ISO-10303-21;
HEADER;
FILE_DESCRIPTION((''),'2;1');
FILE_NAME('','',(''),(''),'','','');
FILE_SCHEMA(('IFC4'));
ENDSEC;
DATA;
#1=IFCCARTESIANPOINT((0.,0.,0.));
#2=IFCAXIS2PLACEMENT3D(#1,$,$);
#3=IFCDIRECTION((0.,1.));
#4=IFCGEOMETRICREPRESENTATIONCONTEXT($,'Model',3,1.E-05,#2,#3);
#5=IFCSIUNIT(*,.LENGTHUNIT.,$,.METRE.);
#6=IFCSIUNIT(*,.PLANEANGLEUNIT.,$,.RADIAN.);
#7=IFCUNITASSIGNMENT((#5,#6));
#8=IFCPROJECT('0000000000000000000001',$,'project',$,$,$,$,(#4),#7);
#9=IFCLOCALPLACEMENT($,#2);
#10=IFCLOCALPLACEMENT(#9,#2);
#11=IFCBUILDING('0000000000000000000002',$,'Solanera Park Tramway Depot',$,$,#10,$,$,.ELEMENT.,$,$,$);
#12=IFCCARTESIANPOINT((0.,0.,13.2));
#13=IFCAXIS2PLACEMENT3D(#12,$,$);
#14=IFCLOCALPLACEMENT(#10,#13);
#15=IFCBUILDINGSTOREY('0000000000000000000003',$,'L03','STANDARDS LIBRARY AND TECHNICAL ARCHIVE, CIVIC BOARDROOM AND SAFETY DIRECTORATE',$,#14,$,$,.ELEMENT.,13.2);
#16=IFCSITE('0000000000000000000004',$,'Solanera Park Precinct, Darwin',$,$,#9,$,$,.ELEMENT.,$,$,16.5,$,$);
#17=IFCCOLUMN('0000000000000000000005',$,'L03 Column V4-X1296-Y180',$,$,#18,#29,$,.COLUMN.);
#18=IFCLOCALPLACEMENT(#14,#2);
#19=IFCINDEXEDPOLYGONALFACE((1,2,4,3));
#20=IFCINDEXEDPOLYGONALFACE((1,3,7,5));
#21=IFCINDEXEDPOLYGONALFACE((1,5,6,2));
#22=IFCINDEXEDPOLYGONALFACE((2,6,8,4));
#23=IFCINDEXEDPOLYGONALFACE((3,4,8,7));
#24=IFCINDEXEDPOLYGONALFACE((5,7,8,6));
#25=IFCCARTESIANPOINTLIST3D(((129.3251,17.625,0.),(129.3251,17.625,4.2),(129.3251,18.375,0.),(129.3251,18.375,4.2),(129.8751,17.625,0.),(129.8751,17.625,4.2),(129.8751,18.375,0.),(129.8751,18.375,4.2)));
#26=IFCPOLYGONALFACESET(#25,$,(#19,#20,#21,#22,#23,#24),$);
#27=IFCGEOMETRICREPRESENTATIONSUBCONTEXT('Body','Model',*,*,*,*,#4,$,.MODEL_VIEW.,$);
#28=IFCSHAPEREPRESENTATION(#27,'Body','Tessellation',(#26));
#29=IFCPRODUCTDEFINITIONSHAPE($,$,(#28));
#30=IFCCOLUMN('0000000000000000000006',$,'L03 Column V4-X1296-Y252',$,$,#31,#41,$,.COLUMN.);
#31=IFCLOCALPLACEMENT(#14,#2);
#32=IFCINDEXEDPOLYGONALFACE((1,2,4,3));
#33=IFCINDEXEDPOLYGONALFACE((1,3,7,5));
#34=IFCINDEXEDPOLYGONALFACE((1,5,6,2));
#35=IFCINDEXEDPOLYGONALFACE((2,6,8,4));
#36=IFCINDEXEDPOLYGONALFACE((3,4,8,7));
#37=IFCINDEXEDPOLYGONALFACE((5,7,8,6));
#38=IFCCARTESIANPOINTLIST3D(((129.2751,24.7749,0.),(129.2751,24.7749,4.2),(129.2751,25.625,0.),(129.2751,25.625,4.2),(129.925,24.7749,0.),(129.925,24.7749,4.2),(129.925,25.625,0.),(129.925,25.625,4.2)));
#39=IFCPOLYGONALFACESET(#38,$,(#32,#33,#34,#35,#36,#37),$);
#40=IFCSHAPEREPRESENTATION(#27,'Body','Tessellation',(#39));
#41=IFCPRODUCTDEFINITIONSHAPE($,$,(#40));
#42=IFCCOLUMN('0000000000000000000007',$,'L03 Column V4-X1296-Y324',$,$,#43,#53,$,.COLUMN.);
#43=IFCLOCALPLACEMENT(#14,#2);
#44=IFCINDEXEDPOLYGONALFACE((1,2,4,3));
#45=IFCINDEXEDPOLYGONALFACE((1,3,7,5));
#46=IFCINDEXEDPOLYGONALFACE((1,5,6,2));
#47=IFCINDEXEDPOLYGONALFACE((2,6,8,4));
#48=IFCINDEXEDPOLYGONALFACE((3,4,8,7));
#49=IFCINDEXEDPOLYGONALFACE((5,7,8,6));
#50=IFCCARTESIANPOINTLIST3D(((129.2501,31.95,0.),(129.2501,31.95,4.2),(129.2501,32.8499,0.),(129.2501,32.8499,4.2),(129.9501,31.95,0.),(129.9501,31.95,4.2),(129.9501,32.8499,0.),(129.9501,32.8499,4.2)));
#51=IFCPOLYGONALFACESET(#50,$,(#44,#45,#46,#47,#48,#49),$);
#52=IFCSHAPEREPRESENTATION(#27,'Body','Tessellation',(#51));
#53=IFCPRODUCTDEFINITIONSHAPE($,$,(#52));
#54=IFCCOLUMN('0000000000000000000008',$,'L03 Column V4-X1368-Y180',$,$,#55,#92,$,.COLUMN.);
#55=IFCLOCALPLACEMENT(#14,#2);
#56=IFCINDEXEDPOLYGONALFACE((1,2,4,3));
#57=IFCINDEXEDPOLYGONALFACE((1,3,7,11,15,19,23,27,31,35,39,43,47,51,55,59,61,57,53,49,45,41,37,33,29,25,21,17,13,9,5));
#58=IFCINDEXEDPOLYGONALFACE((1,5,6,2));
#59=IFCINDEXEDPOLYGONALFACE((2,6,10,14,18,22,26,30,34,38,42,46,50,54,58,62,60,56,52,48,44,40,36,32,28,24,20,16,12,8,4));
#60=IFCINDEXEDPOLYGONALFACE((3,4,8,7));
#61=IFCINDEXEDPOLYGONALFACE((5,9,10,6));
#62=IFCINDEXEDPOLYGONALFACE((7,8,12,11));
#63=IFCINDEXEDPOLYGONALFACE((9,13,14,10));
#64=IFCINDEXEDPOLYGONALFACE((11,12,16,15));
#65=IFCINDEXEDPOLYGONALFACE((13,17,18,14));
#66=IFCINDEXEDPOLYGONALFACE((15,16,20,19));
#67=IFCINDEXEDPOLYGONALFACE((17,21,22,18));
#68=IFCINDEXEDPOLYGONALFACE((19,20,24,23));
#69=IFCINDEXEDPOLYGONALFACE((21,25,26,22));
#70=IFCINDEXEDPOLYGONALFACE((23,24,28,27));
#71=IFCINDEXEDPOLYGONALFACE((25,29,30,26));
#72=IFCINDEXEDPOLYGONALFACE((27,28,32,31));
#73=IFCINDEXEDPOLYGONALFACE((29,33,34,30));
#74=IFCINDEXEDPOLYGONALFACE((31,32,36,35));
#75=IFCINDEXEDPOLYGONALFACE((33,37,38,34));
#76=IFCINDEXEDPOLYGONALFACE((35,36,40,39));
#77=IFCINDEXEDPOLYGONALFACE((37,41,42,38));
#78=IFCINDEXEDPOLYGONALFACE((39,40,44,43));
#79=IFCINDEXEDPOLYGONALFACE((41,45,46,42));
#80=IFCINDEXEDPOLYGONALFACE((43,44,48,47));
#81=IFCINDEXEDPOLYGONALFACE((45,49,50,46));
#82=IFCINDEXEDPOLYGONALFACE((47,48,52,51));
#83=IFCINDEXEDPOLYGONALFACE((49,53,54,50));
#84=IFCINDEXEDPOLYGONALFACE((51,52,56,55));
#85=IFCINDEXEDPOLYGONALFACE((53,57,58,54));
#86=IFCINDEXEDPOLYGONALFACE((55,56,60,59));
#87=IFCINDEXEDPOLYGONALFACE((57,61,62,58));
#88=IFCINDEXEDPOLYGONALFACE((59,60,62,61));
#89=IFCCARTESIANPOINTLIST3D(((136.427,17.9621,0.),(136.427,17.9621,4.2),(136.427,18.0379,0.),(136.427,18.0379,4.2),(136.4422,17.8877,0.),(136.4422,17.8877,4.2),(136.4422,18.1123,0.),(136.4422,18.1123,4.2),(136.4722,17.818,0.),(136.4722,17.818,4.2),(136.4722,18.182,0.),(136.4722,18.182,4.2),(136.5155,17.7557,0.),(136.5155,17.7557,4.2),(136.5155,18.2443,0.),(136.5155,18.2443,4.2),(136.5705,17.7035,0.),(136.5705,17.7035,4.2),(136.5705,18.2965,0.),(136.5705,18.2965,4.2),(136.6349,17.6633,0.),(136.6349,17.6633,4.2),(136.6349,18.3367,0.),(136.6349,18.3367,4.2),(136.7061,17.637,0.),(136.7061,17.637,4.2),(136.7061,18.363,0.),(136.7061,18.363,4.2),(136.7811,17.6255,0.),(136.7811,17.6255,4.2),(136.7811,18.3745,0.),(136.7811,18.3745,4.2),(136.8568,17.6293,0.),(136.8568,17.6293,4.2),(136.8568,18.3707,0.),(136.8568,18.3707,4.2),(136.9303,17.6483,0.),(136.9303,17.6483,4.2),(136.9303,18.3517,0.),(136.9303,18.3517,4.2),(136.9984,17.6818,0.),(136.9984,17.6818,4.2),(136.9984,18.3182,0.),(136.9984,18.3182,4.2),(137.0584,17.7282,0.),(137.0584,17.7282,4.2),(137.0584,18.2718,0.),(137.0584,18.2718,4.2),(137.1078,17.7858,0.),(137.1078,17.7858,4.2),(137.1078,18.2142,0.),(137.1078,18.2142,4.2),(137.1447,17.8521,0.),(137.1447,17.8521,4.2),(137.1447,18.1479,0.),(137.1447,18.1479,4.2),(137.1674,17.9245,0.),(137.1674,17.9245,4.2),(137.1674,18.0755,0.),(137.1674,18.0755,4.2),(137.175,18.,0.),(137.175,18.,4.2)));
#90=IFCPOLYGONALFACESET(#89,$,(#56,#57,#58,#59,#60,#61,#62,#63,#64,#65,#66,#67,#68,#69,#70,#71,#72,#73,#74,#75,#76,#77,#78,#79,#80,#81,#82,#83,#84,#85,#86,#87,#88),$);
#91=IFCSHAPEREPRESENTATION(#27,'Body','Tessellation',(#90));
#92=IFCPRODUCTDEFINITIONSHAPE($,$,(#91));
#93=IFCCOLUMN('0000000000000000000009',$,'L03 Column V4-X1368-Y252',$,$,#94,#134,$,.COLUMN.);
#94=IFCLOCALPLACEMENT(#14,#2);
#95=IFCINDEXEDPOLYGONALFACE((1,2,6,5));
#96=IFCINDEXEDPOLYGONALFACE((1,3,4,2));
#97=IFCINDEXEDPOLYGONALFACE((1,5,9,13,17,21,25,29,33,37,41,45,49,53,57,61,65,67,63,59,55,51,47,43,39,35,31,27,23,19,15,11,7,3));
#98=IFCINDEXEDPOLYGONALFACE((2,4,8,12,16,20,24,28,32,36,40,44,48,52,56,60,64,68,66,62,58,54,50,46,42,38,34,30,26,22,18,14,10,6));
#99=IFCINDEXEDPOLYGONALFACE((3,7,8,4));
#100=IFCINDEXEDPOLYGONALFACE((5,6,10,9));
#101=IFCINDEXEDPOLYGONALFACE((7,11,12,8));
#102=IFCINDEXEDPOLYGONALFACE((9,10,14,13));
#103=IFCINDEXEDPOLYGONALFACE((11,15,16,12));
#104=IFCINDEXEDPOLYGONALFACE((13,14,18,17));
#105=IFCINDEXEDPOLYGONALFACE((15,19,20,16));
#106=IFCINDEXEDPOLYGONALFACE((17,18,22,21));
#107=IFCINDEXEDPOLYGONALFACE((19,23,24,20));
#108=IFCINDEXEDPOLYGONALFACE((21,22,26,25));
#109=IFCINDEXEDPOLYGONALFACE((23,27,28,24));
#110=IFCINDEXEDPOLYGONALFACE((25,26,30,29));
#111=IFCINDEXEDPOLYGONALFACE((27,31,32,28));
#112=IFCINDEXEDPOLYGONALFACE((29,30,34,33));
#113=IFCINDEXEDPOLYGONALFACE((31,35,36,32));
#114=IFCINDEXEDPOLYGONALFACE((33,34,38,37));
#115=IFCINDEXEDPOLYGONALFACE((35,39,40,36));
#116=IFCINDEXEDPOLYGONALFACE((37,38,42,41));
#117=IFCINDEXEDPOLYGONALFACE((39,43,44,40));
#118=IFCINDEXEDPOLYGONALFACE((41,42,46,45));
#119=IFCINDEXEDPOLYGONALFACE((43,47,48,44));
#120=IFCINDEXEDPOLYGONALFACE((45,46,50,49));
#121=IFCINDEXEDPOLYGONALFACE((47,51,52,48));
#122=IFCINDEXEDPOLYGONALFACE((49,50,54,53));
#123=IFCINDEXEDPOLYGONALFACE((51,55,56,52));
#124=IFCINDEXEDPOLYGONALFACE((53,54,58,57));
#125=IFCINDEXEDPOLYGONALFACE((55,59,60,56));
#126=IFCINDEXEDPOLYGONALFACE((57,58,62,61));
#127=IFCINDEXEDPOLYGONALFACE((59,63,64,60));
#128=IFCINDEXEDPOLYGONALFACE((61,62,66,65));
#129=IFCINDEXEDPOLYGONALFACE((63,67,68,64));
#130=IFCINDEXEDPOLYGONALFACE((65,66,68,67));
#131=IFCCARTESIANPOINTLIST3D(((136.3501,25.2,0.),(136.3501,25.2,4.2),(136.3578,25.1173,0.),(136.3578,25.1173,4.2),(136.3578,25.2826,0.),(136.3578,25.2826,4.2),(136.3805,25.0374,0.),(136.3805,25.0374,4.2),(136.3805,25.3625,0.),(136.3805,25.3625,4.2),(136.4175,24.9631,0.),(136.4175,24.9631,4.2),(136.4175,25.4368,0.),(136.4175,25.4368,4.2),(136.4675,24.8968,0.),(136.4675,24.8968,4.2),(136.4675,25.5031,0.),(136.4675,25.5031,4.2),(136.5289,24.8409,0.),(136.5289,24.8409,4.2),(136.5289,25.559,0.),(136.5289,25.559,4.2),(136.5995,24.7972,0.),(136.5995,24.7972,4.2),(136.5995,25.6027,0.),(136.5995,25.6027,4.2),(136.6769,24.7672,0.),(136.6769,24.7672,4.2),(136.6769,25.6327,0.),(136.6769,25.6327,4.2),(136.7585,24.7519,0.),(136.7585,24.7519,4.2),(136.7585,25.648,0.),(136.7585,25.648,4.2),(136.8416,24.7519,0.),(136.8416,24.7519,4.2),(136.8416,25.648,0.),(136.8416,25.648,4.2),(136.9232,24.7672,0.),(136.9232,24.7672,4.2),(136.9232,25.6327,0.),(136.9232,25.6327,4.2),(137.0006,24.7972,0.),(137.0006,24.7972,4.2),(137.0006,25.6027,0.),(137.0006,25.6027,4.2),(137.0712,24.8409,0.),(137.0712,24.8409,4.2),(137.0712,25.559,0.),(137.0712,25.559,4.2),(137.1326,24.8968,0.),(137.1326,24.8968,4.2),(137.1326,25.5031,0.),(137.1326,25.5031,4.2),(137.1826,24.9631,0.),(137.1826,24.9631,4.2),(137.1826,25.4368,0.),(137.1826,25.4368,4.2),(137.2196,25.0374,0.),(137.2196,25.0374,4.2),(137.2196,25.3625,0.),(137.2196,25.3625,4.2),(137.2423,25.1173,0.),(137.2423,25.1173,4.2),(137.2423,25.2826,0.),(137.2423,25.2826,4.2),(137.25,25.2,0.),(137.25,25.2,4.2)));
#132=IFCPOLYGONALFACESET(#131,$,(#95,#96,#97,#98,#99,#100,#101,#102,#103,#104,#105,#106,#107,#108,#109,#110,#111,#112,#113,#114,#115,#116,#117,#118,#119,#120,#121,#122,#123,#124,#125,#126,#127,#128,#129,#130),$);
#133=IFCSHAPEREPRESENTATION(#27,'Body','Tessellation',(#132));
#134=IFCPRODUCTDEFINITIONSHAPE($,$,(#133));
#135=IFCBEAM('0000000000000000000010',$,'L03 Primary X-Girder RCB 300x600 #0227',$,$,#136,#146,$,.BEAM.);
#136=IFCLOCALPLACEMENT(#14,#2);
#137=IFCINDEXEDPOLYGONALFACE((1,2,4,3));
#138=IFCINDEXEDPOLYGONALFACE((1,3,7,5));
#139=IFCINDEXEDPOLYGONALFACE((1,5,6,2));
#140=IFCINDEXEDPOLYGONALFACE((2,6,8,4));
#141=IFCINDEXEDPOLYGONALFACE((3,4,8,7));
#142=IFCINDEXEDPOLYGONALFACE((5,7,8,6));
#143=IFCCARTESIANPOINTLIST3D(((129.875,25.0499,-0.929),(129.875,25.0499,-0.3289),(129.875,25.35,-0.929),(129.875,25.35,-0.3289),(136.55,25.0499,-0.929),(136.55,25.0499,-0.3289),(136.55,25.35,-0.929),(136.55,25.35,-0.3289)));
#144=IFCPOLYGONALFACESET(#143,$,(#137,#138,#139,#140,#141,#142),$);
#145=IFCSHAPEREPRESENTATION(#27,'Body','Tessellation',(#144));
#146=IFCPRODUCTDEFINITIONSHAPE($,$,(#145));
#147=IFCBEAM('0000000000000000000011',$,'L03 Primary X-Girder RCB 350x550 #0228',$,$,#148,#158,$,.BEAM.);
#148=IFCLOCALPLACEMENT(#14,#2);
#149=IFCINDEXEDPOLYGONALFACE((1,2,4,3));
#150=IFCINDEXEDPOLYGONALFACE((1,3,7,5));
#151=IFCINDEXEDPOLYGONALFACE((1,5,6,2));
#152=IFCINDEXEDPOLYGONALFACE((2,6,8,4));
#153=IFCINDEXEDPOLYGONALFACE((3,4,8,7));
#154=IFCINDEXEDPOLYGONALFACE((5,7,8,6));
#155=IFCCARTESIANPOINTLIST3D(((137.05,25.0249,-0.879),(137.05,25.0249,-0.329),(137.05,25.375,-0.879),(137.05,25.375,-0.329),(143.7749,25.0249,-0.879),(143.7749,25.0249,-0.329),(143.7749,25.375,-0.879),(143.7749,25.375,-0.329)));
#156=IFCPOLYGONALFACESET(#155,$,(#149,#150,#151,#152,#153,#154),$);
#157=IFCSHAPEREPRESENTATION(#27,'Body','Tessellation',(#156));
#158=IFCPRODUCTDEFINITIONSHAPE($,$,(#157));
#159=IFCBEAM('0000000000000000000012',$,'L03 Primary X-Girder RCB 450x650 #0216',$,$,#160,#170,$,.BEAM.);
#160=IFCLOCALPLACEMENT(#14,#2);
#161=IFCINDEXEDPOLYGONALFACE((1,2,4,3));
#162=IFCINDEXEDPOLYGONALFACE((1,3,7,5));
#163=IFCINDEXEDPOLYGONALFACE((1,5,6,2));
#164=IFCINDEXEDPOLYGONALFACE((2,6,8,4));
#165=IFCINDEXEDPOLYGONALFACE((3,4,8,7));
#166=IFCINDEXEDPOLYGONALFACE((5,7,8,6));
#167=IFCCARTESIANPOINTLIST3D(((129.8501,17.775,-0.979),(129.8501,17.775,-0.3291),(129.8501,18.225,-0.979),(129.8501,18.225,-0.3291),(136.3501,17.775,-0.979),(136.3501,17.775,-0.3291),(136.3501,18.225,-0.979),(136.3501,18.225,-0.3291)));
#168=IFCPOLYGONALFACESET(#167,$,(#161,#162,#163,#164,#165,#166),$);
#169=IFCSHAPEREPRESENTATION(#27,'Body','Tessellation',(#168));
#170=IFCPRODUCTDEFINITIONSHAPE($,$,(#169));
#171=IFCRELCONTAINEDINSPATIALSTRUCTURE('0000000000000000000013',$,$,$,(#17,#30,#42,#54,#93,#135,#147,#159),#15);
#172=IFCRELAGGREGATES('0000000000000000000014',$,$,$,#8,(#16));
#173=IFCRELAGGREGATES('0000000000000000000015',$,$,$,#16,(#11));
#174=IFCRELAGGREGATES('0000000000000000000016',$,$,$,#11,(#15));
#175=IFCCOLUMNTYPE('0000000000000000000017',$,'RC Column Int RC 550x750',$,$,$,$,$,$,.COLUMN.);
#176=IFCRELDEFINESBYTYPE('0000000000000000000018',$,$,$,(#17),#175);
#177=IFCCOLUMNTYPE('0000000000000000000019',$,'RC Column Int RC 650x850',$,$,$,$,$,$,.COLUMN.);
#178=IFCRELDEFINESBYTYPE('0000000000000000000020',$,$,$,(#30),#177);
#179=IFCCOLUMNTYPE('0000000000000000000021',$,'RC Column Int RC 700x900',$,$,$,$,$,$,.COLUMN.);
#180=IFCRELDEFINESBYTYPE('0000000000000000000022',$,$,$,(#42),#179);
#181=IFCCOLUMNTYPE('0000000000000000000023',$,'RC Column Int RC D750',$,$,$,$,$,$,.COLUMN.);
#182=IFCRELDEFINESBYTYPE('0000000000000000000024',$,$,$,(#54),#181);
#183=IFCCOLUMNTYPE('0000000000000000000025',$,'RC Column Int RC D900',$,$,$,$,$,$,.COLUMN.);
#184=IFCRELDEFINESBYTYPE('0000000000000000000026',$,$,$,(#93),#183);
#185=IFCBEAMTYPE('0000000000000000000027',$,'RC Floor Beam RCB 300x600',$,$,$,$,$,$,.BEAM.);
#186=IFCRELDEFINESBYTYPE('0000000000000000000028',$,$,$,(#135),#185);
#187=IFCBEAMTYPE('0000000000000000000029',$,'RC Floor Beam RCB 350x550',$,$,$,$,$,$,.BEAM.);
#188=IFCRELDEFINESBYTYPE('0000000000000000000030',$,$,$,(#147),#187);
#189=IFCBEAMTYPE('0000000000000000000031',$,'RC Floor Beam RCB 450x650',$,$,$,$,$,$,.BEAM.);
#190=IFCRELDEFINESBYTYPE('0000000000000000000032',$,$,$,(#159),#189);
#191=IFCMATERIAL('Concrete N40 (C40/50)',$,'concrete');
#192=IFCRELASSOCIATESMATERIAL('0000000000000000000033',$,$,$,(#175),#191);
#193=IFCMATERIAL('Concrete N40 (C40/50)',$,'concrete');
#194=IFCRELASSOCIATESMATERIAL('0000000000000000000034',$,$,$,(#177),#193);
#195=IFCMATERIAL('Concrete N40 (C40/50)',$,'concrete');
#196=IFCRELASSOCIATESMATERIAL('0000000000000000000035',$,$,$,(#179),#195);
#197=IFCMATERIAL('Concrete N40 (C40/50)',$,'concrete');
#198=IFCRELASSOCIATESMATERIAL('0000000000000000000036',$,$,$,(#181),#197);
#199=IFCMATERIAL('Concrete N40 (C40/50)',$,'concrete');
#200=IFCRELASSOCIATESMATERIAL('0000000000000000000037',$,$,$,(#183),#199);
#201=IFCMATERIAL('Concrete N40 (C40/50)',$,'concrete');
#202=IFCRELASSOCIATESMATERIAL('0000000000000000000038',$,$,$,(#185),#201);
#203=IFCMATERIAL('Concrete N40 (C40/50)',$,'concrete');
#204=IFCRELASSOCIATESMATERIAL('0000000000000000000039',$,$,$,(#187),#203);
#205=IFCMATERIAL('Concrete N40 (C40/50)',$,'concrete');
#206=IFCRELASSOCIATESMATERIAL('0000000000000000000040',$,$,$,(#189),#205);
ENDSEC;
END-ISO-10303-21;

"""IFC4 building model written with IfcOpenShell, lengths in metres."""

from ifc_helpers import new_model, si_unit, direction, frame, origin, origin_2d, place, context, subcontext, project, spatial, rectangle, circle, extrude, material, material_profile, profile_set, type_object, element, save


model = new_model("IFC4")

# Units and contexts
model_context = context("Model", 3, precision=1e-05, world=origin(), true_north=direction((0.0, 1.0)))
body_context = subcontext(model_context, "Body", "Model", "MODEL_VIEW")
ifc_project = project(units=[si_unit("LENGTHUNIT", "METRE"), si_unit("PLANEANGLEUNIT", "RADIAN")], contexts=[model_context])

# Site, building, storey
site_placement = place(None, origin())
site = spatial("IfcSite", under=ifc_project, at=site_placement, Name="Solanera Park Precinct, Darwin", CompositionType="ELEMENT", RefElevation=16.5)
building_placement = place(site_placement, origin())
building = spatial("IfcBuilding", under=site, at=building_placement, Name="Solanera Park Tramway Depot", CompositionType="ELEMENT")
storey_placement = place(building_placement, frame((0.0, 0.0, 13.2)))
storey = spatial("IfcBuildingStorey", under=building, at=storey_placement, Name="L03", Description="STANDARDS LIBRARY AND TECHNICAL ARCHIVE, CIVIC BOARDROOM AND SAFETY DIRECTORATE", CompositionType="ELEMENT", Elevation=13.2)

# Columns
ifc_material_1 = material(Name="Concrete N40 (C40/50)", Category="concrete")
ifc_material_profile_1 = material_profile(ifc_material_1, rectangle(XDim=0.55, YDim=0.75, at=origin_2d()), Name="RC 550x750")
ifc_profile_set_1 = profile_set([ifc_material_profile_1], Name="Concrete N40 (C40/50)")
column_type_1 = type_object("IfcColumnType", Name="RC Column Int RC 550x750", PredefinedType="COLUMN", material=ifc_profile_set_1)
column_1_placement = place(storey_placement, frame((129.6001, 18.0, 0.0), z_axis=(0.0, 0.0, 1.0), x_axis=(1.0, 0.0, 0.0)))
element("IfcColumn", 1, at=column_1_placement, inside=storey, type_object=column_type_1, Name="L03 Column V4-X1296-Y180", PredefinedType="COLUMN", context=body_context, shape_type="SweptSolid", body=[
    extrude(rectangle(XDim=0.55, YDim=0.75, at=origin_2d()), origin(), (0.0, 0.0, 1.0), 4.2),
])
ifc_material_2 = material(Name="Concrete N40 (C40/50)", Category="concrete")
ifc_material_profile_2 = material_profile(ifc_material_2, rectangle(XDim=0.6499, YDim=0.8501, at=origin_2d()), Name="RC 650x850")
ifc_profile_set_2 = profile_set([ifc_material_profile_2], Name="Concrete N40 (C40/50)")
column_type_2 = type_object("IfcColumnType", Name="RC Column Int RC 650x850", PredefinedType="COLUMN", material=ifc_profile_set_2)
column_2_placement = place(storey_placement, frame((129.6001, 25.2, 0.0), z_axis=(0.0, 0.0, 1.0), x_axis=(1.0, 0.0, 0.0)))
element("IfcColumn", 2, at=column_2_placement, inside=storey, type_object=column_type_2, Name="L03 Column V4-X1296-Y252", PredefinedType="COLUMN", context=body_context, shape_type="SweptSolid", body=[
    extrude(rectangle(XDim=0.6499, YDim=0.8501, at=origin_2d()), origin(), (0.0, 0.0, 1.0), 4.2),
])
ifc_material_3 = material(Name="Concrete N40 (C40/50)", Category="concrete")
ifc_material_profile_3 = material_profile(ifc_material_3, rectangle(XDim=0.7, YDim=0.8999, at=origin_2d()), Name="RC 700x900")
ifc_profile_set_3 = profile_set([ifc_material_profile_3], Name="Concrete N40 (C40/50)")
column_type_3 = type_object("IfcColumnType", Name="RC Column Int RC 700x900", PredefinedType="COLUMN", material=ifc_profile_set_3)
column_3_placement = place(storey_placement, frame((129.6001, 32.3999, 0.0), z_axis=(0.0, 0.0, 1.0), x_axis=(1.0, 0.0, 0.0)))
element("IfcColumn", 3, at=column_3_placement, inside=storey, type_object=column_type_3, Name="L03 Column V4-X1296-Y324", PredefinedType="COLUMN", context=body_context, shape_type="SweptSolid", body=[
    extrude(rectangle(XDim=0.7, YDim=0.8999, at=origin_2d()), origin(), (0.0, 0.0, 1.0), 4.2),
])
ifc_material_4 = material(Name="Concrete N40 (C40/50)", Category="concrete")
ifc_material_profile_4 = material_profile(ifc_material_4, circle(Radius=0.375, at=origin_2d()), Name="RC D750")
ifc_profile_set_4 = profile_set([ifc_material_profile_4], Name="Concrete N40 (C40/50)")
column_type_4 = type_object("IfcColumnType", Name="RC Column Int RC D750", PredefinedType="COLUMN", material=ifc_profile_set_4)
column_4_placement = place(storey_placement, frame((136.8, 18.0, 0.0), z_axis=(0.0, 0.0, 1.0), x_axis=(1.0, 0.0, 0.0)))
element("IfcColumn", 4, at=column_4_placement, inside=storey, type_object=column_type_4, Name="L03 Column V4-X1368-Y180", PredefinedType="COLUMN", context=body_context, shape_type="SweptSolid", body=[
    extrude(circle(Radius=0.375, at=origin_2d()), origin(), (0.0, 0.0, 1.0), 4.2),
])
ifc_material_5 = material(Name="Concrete N40 (C40/50)", Category="concrete")
ifc_material_profile_5 = material_profile(ifc_material_5, circle(Radius=0.45, at=origin_2d()), Name="RC D900")
ifc_profile_set_5 = profile_set([ifc_material_profile_5], Name="Concrete N40 (C40/50)")
column_type_5 = type_object("IfcColumnType", Name="RC Column Int RC D900", PredefinedType="COLUMN", material=ifc_profile_set_5)
column_5_placement = place(storey_placement, frame((136.8, 25.2, 0.0), z_axis=(0.0, 0.0, 1.0), x_axis=(1.0, 0.0, 0.0)))
element("IfcColumn", 5, at=column_5_placement, inside=storey, type_object=column_type_5, Name="L03 Column V4-X1368-Y252", PredefinedType="COLUMN", context=body_context, shape_type="SweptSolid", body=[
    extrude(circle(Radius=0.45, at=origin_2d()), origin(), (0.0, 0.0, 1.0), 4.2),
])

# Beams
ifc_material_6 = material(Name="Concrete N40 (C40/50)", Category="concrete")
ifc_material_profile_6 = material_profile(ifc_material_6, rectangle(XDim=0.3, YDim=0.6001, at=origin_2d()), Name="RCB 300x600")
ifc_profile_set_6 = profile_set([ifc_material_profile_6], Name="Concrete N40 (C40/50)")
beam_type_1 = type_object("IfcBeamType", Name="RC Floor Beam RCB 300x600", PredefinedType="BEAM", material=ifc_profile_set_6)
beam_1_placement = place(storey_placement, frame((129.875, 25.2, -0.6289), z_axis=(1.0, 0.0, 0.0), x_axis=(0.0, 1.0, 0.0)))
element("IfcBeam", 6, at=beam_1_placement, inside=storey, type_object=beam_type_1, Name="L03 Primary X-Girder RCB 300x600 #0227", PredefinedType="BEAM", context=body_context, shape_type="SweptSolid", body=[
    extrude(rectangle(XDim=0.3, YDim=0.6001, at=origin_2d()), origin(), (0.0, 0.0, 1.0), 6.675),
])
ifc_material_7 = material(Name="Concrete N40 (C40/50)", Category="concrete")
ifc_material_profile_7 = material_profile(ifc_material_7, rectangle(XDim=0.3501, YDim=0.55, at=origin_2d()), Name="RCB 350x550")
ifc_profile_set_7 = profile_set([ifc_material_profile_7], Name="Concrete N40 (C40/50)")
beam_type_2 = type_object("IfcBeamType", Name="RC Floor Beam RCB 350x550", PredefinedType="BEAM", material=ifc_profile_set_7)
beam_2_placement = place(storey_placement, frame((137.05, 25.2, -0.604), z_axis=(1.0, 0.0, 0.0), x_axis=(0.0, 1.0, 0.0)))
element("IfcBeam", 7, at=beam_2_placement, inside=storey, type_object=beam_type_2, Name="L03 Primary X-Girder RCB 350x550 #0228", PredefinedType="BEAM", context=body_context, shape_type="SweptSolid", body=[
    extrude(rectangle(XDim=0.3501, YDim=0.55, at=origin_2d()), origin(), (0.0, 0.0, 1.0), 6.7249),
])
ifc_material_8 = material(Name="Concrete N40 (C40/50)", Category="concrete")
ifc_material_profile_8 = material_profile(ifc_material_8, rectangle(XDim=0.45, YDim=0.6499, at=origin_2d()), Name="RCB 450x650")
ifc_profile_set_8 = profile_set([ifc_material_profile_8], Name="Concrete N40 (C40/50)")
beam_type_3 = type_object("IfcBeamType", Name="RC Floor Beam RCB 450x650", PredefinedType="BEAM", material=ifc_profile_set_8)
beam_3_placement = place(storey_placement, frame((129.8501, 18.0, -0.6541), z_axis=(1.0, 0.0, 0.0), x_axis=(0.0, 1.0, 0.0)))
element("IfcBeam", 8, at=beam_3_placement, inside=storey, type_object=beam_type_3, Name="L03 Primary X-Girder RCB 450x650 #0216", PredefinedType="BEAM", context=body_context, shape_type="SweptSolid", body=[
    extrude(rectangle(XDim=0.45, YDim=0.6499, at=origin_2d()), origin(), (0.0, 0.0, 1.0), 6.5),
])

save(model, "model.ifc")
